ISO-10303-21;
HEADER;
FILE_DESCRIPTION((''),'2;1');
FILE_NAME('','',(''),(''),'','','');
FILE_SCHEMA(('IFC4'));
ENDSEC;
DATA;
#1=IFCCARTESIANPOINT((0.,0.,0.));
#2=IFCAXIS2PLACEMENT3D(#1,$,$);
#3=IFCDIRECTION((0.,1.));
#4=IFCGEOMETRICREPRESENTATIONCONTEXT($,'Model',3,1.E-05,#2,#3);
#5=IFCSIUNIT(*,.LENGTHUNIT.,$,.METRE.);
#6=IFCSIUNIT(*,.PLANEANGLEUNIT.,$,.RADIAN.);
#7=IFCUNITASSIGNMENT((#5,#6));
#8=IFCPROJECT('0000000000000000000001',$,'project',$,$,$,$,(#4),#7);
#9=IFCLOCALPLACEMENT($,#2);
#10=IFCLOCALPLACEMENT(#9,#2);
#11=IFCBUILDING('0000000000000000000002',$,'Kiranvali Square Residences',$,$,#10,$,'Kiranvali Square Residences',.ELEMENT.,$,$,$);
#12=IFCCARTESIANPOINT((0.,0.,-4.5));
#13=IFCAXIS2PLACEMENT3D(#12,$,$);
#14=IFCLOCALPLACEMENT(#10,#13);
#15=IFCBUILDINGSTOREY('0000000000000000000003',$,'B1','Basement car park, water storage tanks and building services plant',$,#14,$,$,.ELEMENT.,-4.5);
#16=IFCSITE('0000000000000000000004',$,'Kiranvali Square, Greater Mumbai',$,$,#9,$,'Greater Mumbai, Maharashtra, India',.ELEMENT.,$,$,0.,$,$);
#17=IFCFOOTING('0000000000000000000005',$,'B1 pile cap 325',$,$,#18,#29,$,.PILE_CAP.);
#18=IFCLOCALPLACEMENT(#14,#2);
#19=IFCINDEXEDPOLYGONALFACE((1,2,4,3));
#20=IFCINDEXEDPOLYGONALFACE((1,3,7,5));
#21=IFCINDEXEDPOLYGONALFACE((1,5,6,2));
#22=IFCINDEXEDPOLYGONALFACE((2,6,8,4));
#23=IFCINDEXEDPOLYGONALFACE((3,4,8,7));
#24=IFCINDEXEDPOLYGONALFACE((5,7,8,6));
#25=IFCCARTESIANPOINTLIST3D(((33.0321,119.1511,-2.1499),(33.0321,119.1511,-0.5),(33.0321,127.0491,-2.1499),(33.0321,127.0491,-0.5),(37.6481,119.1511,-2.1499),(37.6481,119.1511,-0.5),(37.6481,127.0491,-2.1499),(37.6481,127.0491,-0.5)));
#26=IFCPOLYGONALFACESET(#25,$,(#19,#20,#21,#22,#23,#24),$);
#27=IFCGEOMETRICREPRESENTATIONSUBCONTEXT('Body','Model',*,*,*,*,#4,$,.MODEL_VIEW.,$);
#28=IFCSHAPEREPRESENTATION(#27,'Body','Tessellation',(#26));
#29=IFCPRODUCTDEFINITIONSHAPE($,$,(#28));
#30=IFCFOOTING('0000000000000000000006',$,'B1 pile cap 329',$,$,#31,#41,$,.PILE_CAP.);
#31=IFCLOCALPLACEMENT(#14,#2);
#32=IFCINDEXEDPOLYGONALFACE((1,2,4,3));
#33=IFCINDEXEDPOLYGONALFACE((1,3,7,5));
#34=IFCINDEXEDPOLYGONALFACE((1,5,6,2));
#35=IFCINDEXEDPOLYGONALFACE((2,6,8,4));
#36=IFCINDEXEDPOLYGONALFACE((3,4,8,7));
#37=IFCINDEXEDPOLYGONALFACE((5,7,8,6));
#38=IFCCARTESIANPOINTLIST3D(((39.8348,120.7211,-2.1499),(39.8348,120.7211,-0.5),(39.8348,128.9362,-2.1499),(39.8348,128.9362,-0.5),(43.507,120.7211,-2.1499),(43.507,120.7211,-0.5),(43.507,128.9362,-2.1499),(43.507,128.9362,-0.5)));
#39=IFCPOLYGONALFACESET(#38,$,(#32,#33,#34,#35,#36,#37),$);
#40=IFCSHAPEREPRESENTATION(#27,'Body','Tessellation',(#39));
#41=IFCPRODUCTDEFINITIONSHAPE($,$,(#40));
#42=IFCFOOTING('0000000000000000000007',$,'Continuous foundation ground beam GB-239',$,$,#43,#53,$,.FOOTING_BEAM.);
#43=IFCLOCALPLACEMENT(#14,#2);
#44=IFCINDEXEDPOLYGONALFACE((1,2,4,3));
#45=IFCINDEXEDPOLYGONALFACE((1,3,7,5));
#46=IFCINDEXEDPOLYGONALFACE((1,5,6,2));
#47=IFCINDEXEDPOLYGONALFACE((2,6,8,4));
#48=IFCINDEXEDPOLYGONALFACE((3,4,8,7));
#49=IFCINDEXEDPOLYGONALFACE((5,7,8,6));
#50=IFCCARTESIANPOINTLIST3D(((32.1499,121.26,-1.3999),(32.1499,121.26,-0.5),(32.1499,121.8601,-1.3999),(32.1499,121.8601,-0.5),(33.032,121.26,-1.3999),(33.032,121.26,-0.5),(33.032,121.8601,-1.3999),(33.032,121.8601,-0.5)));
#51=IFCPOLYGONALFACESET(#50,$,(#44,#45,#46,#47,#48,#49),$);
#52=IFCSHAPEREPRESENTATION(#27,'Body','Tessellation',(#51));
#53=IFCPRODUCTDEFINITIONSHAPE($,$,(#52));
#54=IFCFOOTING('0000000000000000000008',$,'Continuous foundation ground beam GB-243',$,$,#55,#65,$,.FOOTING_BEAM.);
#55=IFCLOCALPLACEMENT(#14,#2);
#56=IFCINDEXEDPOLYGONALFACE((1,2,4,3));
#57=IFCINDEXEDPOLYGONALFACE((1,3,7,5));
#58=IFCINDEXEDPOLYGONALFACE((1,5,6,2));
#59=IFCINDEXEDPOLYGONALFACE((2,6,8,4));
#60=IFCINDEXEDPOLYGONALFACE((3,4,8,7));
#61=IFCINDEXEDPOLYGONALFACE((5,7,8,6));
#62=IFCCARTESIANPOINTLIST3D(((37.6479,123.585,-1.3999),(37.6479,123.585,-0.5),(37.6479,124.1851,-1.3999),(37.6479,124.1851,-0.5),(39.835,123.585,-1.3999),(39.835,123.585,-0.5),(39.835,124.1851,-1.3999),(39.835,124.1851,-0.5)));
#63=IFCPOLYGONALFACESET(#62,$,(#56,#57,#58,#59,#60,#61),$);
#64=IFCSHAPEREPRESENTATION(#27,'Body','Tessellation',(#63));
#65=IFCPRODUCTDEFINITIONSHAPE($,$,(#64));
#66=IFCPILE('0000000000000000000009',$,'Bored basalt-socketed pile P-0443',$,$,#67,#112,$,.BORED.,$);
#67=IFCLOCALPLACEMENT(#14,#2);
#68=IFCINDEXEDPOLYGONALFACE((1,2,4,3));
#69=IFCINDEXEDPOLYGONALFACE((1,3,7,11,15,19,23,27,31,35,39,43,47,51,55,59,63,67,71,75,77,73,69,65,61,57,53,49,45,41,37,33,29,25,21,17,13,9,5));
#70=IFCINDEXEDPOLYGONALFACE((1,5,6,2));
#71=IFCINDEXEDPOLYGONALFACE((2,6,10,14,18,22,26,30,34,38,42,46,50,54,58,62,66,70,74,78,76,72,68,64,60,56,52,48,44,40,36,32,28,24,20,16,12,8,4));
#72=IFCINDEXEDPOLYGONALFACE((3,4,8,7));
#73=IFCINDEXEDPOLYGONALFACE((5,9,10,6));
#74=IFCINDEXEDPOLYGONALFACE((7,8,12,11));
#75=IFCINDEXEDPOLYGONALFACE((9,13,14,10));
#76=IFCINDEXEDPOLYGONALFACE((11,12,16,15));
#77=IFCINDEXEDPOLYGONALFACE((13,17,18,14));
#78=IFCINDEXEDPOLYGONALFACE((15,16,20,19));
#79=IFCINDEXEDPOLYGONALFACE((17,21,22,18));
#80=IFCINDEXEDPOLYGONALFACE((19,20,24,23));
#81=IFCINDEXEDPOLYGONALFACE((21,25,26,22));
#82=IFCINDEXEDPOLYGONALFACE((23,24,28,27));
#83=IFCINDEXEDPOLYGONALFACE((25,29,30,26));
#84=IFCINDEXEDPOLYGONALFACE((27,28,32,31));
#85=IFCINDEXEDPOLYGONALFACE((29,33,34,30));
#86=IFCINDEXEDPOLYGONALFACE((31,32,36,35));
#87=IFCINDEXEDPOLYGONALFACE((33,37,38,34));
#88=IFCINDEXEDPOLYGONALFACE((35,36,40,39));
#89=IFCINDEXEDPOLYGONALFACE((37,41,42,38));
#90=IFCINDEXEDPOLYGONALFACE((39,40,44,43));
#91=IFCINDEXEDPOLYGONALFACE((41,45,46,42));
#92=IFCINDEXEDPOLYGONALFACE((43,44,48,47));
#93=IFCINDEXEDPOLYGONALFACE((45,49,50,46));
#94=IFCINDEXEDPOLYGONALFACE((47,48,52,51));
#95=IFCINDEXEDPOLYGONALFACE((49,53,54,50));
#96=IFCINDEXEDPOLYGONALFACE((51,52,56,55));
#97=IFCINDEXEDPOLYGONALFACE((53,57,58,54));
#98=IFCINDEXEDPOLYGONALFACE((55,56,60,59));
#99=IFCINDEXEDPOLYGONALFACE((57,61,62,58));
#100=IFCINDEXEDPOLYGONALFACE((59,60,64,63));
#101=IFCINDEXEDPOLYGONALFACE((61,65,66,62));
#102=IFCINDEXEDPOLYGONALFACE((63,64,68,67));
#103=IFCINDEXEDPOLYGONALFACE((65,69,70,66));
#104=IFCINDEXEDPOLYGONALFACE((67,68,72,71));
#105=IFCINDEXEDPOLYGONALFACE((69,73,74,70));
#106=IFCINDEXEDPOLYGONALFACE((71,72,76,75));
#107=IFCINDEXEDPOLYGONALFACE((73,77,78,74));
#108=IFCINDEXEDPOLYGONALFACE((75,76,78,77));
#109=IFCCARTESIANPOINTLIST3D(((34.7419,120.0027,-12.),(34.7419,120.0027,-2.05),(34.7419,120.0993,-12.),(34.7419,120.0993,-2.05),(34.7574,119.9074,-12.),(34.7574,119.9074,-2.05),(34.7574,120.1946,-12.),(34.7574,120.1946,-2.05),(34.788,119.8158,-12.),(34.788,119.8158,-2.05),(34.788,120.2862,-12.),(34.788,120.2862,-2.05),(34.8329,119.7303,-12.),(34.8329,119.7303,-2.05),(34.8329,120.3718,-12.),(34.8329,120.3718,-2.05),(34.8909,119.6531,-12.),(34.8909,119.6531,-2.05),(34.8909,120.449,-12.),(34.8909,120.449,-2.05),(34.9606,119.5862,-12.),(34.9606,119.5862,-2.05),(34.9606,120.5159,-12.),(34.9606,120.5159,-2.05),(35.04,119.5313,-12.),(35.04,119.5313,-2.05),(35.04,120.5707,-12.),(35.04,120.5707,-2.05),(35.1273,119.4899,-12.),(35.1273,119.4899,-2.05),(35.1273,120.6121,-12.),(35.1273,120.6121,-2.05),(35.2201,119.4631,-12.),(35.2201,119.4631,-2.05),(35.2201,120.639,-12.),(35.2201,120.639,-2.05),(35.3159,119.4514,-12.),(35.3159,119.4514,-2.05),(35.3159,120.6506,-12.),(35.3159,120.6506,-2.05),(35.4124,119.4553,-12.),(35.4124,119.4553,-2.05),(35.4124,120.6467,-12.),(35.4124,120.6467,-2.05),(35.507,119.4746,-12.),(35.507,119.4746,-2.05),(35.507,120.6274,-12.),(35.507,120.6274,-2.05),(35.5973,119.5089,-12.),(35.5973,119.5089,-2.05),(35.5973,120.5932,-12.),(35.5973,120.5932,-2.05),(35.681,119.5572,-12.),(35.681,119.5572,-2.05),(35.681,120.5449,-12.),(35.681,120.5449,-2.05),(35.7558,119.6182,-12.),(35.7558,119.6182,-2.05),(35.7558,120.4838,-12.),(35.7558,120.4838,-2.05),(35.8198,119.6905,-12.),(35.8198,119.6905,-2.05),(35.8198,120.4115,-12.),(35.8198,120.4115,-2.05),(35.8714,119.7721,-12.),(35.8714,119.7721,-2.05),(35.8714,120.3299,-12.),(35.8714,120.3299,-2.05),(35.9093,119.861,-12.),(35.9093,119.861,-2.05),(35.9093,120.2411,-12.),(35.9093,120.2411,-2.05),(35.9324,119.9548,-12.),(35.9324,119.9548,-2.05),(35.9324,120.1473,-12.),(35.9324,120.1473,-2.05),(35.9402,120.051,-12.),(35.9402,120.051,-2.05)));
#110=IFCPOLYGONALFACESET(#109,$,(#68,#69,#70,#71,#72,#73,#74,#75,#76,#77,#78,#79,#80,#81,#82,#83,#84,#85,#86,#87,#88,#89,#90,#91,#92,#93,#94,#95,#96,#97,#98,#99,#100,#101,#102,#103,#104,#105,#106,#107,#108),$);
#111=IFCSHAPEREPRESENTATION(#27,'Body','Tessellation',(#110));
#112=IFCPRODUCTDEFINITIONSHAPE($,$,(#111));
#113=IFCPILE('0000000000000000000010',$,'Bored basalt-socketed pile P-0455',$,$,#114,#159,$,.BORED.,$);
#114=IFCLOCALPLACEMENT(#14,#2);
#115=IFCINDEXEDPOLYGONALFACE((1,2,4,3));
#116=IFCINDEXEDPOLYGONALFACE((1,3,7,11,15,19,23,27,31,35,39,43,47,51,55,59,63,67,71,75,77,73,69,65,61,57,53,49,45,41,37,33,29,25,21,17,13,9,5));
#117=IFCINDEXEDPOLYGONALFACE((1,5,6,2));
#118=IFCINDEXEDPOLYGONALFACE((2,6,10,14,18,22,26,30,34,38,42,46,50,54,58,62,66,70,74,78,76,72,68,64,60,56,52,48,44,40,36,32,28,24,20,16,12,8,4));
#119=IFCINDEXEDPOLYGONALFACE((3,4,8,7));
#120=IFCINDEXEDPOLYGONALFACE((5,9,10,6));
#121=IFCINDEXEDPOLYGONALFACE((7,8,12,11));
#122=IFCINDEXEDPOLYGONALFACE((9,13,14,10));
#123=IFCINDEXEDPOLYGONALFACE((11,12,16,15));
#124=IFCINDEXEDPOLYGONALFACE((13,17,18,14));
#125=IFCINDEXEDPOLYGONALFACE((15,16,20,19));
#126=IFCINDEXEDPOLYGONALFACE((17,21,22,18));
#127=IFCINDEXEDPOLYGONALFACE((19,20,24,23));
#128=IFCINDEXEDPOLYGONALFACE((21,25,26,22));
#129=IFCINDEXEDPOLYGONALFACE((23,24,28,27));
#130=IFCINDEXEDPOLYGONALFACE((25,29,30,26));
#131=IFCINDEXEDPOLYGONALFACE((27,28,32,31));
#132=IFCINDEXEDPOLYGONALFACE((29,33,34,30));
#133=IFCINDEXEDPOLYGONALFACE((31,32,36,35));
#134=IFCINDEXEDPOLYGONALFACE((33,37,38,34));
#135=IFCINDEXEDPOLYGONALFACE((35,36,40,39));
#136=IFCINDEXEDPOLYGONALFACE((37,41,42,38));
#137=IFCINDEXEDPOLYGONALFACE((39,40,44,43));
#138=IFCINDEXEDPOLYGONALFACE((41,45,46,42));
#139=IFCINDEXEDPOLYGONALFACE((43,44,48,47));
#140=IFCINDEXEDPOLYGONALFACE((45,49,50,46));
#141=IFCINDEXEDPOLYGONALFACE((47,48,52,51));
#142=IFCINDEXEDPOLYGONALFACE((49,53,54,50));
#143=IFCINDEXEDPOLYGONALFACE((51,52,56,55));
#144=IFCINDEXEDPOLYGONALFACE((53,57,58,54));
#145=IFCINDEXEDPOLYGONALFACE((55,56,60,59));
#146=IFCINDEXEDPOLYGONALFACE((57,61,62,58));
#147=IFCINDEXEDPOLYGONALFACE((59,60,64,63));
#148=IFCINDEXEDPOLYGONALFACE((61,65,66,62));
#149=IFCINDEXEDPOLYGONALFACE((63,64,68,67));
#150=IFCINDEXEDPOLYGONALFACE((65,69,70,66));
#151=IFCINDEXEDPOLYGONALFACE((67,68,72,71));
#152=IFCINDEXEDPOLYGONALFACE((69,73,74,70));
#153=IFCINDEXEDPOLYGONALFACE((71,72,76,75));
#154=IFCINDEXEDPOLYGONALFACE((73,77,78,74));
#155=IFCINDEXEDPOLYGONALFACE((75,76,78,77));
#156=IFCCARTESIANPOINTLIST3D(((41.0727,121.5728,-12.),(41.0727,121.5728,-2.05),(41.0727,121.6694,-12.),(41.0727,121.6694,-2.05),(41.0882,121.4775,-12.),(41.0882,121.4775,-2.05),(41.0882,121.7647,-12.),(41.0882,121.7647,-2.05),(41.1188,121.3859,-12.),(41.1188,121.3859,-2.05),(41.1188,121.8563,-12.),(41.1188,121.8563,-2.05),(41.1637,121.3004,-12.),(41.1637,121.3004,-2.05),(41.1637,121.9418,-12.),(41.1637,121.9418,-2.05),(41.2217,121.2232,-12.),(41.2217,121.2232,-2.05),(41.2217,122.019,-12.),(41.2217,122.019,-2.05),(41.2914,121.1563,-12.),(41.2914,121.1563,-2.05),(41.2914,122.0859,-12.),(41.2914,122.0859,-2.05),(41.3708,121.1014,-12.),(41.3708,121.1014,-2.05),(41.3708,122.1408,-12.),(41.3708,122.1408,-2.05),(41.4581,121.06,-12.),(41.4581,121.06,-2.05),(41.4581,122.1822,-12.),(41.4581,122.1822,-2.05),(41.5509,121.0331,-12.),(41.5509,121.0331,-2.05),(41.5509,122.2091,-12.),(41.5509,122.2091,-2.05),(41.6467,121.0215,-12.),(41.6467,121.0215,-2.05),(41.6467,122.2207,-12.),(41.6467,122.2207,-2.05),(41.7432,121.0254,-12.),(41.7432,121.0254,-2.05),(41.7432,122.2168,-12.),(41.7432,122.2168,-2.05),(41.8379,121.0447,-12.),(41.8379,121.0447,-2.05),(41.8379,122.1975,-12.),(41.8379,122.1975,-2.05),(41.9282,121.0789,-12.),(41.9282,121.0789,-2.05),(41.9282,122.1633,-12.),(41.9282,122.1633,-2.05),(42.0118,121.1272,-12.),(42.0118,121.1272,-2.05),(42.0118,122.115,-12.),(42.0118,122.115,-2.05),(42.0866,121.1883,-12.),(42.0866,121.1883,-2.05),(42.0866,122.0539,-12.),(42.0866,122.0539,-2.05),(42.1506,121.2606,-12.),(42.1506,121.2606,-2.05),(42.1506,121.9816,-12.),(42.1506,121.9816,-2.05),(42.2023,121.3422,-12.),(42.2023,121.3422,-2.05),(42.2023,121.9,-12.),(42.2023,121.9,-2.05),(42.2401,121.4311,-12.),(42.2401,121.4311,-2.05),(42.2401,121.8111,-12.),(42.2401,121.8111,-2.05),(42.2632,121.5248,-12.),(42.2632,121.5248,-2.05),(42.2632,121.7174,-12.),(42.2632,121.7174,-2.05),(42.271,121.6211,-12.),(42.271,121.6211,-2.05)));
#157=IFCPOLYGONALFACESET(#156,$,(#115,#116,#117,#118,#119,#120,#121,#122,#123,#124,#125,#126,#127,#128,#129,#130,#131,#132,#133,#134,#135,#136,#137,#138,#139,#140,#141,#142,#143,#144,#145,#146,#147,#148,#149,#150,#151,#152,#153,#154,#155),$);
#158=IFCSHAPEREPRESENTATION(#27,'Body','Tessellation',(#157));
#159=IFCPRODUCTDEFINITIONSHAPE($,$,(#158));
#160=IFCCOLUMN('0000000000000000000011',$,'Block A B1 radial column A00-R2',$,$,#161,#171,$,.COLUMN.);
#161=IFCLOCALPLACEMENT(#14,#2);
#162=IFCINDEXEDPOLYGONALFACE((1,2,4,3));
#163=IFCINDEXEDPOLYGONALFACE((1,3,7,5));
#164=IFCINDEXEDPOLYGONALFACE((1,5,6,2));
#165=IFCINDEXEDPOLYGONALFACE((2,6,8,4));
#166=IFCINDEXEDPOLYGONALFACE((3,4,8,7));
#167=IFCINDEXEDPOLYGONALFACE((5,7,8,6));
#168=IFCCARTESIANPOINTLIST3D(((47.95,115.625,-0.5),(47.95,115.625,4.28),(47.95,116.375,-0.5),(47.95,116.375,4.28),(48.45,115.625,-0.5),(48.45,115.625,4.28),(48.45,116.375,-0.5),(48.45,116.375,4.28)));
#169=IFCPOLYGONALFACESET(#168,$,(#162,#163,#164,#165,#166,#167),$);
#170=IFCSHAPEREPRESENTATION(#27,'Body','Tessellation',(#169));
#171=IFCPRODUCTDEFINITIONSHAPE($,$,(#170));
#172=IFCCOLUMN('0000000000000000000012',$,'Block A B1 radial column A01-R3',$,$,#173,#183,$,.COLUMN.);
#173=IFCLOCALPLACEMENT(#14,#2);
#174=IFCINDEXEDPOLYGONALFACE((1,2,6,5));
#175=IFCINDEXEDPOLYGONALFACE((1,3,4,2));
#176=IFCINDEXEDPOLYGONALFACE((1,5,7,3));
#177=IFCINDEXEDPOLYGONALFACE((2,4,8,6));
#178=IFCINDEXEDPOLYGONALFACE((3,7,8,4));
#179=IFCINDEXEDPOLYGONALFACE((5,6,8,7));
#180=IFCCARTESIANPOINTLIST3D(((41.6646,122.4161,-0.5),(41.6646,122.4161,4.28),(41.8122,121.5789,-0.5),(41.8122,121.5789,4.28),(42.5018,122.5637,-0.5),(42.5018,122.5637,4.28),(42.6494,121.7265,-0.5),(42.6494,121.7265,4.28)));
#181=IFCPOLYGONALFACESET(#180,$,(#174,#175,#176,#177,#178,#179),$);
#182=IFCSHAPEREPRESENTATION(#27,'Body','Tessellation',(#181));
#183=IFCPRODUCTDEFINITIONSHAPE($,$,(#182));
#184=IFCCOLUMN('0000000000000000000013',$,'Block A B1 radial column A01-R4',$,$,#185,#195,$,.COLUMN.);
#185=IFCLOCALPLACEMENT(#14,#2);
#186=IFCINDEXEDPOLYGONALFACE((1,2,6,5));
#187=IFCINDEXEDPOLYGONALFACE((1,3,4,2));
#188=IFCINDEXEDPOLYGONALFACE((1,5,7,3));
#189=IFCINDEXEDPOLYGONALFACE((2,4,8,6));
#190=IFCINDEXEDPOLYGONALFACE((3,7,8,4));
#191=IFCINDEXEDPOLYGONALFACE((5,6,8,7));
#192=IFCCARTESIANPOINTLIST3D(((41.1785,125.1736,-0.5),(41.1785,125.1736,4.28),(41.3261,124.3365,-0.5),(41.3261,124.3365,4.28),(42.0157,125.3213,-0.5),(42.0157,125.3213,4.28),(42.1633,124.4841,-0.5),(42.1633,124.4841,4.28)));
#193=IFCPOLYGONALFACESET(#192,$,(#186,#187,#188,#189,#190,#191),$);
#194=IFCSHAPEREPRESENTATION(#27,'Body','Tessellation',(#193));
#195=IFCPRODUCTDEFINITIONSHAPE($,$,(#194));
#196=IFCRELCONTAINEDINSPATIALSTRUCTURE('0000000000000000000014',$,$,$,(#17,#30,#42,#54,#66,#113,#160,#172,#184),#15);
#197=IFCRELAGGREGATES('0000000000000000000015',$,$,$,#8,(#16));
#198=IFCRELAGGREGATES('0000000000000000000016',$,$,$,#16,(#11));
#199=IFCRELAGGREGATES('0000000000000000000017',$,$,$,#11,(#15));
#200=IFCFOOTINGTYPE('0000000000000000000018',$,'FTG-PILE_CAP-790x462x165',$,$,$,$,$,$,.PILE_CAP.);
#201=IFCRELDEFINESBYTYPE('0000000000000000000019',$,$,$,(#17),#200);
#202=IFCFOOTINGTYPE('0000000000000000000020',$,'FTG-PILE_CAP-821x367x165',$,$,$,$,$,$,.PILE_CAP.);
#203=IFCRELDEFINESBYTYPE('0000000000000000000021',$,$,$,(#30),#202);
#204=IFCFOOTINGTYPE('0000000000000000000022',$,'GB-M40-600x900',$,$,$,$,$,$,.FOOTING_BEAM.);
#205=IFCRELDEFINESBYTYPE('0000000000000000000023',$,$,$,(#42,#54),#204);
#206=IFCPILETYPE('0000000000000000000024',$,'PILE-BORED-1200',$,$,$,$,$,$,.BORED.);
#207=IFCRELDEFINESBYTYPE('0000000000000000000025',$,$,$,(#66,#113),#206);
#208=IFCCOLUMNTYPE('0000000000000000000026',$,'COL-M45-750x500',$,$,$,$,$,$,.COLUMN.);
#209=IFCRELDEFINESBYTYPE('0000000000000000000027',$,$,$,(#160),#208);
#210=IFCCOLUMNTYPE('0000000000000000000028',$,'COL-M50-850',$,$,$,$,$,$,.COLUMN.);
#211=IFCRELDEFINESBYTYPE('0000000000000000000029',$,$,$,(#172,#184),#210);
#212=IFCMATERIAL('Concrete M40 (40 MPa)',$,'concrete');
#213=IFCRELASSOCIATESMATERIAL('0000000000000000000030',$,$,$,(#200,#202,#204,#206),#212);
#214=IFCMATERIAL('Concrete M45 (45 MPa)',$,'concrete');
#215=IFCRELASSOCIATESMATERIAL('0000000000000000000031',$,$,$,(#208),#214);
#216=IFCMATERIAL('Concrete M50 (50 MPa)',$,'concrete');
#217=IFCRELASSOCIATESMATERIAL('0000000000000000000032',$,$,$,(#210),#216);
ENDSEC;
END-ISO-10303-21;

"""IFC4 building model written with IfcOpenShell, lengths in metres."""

from ifc_helpers import new_model, si_unit, direction, frame, origin, origin_2d, place, context, subcontext, project, spatial, rectangle, circle, extrude, material, material_profile, profile_set, type_object, element, save


model = new_model("IFC4")

# Units and contexts
model_context = context("Model", 3, precision=1e-05, world=origin(), true_north=direction((0.0, 1.0)))
body_context = subcontext(model_context, "Body", "Model", "MODEL_VIEW")
ifc_project = project(units=[si_unit("LENGTHUNIT", "METRE"), si_unit("PLANEANGLEUNIT", "RADIAN")], contexts=[model_context])

# Site, building, storey
site_placement = place(None, origin())
site = spatial("IfcSite", under=ifc_project, at=site_placement, Name="Kiranvali Square, Greater Mumbai", LongName="Greater Mumbai, Maharashtra, India", CompositionType="ELEMENT", RefElevation=0.0)
building_placement = place(site_placement, origin())
building = spatial("IfcBuilding", under=site, at=building_placement, Name="Kiranvali Square Residences", LongName="Kiranvali Square Residences", CompositionType="ELEMENT")
storey_placement = place(building_placement, frame((0.0, 0.0, -4.5)))
storey = spatial("IfcBuildingStorey", under=building, at=storey_placement, Name="B1", Description="Basement car park, water storage tanks and building services plant", CompositionType="ELEMENT", Elevation=-4.5)

# Footings
ifc_material_1 = material(Name="Concrete M40 (40 MPa)", Category="concrete")
footing_type_1 = type_object("IfcFootingType", Name="FTG-PILE_CAP-790x462x165", PredefinedType="PILE_CAP", material=ifc_material_1)
footing_1_placement = place(storey_placement, frame((35.3401, 123.1001, -2.1499), z_axis=(0.0, 0.0, 1.0), x_axis=(0.0, 1.0, 0.0)))
element("IfcFooting", 1, at=footing_1_placement, inside=storey, type_object=footing_type_1, Name="B1 pile cap 325", PredefinedType="PILE_CAP", context=body_context, shape_type="SweptSolid", body=[
    extrude(rectangle(XDim=7.8979, YDim=4.616, at=origin_2d()), origin(), (0.0, 0.0, 1.0), 1.6499),
])
footing_type_2 = type_object("IfcFootingType", Name="FTG-PILE_CAP-821x367x165", PredefinedType="PILE_CAP", material=ifc_material_1)
footing_2_placement = place(storey_placement, frame((41.6709, 124.8286, -2.1499), z_axis=(0.0, 0.0, 1.0), x_axis=(0.0, 1.0, 0.0)))
element("IfcFooting", 2, at=footing_2_placement, inside=storey, type_object=footing_type_2, Name="B1 pile cap 329", PredefinedType="PILE_CAP", context=body_context, shape_type="SweptSolid", body=[
    extrude(rectangle(XDim=8.2151, YDim=3.6721, at=origin_2d()), origin(), (0.0, 0.0, 1.0), 1.6499),
])
ifc_material_profile_1 = material_profile(ifc_material_1, rectangle(XDim=0.6001, YDim=0.8999, at=origin_2d()), Name="GB 600x900")
ifc_profile_set_1 = profile_set([ifc_material_profile_1], Name="Concrete M40 (40 MPa)")
footing_type_3 = type_object("IfcFootingType", Name="GB-M40-600x900", PredefinedType="FOOTING_BEAM", material=ifc_profile_set_1)
footing_3_placement = place(storey_placement, frame((32.1499, 121.5601, -0.95), z_axis=(1.0, 0.0, 0.0), x_axis=(0.0, 1.0, 0.0)))
element("IfcFooting", 3, at=footing_3_placement, inside=storey, type_object=footing_type_3, Name="Continuous foundation ground beam GB-239", PredefinedType="FOOTING_BEAM", context=body_context, shape_type="SweptSolid", body=[
    extrude(rectangle(XDim=0.6001, YDim=0.8999, at=origin_2d()), origin(), (0.0, 0.0, 1.0), 0.8821),
])
footing_4_placement = place(storey_placement, frame((37.6479, 123.885, -0.95), z_axis=(1.0, 0.0, 0.0), x_axis=(0.0, 1.0, 0.0)))
element("IfcFooting", 4, at=footing_4_placement, inside=storey, type_object=footing_type_3, Name="Continuous foundation ground beam GB-243", PredefinedType="FOOTING_BEAM", context=body_context, shape_type="SweptSolid", body=[
    extrude(rectangle(XDim=0.6001, YDim=0.8999, at=origin_2d()), origin(), (0.0, 0.0, 1.0), 2.187),
])

# Piles
ifc_material_profile_2 = material_profile(ifc_material_1, circle(Radius=0.6001, at=origin_2d()), Name="BORED PILE 1200")
ifc_profile_set_2 = profile_set([ifc_material_profile_2], Name="Concrete M40 (40 MPa)")
pile_type = type_object("IfcPileType", Name="PILE-BORED-1200", PredefinedType="BORED", material=ifc_profile_set_2)
for number, where, z_axis, x_axis, name in (
    (5, (35.3401, 120.051, -2.05), (0.0, 0.0, -1.0), (1.0, 0.0, 0.0), "Bored basalt-socketed pile P-0443"),
    (6, (41.6709, 121.6211, -2.05), (0.0, 0.0, -1.0), (1.0, 0.0, 0.0), "Bored basalt-socketed pile P-0455"),
):
    element("IfcPile", number, at=place(storey_placement, frame(where, z_axis=z_axis, x_axis=x_axis)), inside=storey, type_object=pile_type, Name=name, PredefinedType="BORED", context=body_context, shape_type="SweptSolid", body=[
        extrude(circle(Radius=0.6001, at=origin_2d()), origin(), (0.0, 0.0, 1.0), 9.95),
    ])

# Columns
ifc_material_2 = material(Name="Concrete M45 (45 MPa)", Category="concrete")
ifc_material_profile_3 = material_profile(ifc_material_2, rectangle(XDim=0.5, YDim=0.75, at=origin_2d()), Name="RC 750x500")
ifc_profile_set_3 = profile_set([ifc_material_profile_3], Name="Concrete M45 (45 MPa)")
column_type_1 = type_object("IfcColumnType", Name="COL-M45-750x500", PredefinedType="COLUMN", material=ifc_profile_set_3)
column_placement = place(storey_placement, frame((48.2, 116.0, -0.5), z_axis=(0.0, 0.0, 1.0), x_axis=(1.0, 0.0, 0.0)))
element("IfcColumn", 7, at=column_placement, inside=storey, type_object=column_type_1, Name="Block A B1 radial column A00-R2", PredefinedType="COLUMN", context=body_context, shape_type="SweptSolid", body=[
    extrude(rectangle(XDim=0.5, YDim=0.75, at=origin_2d()), origin(), (0.0, 0.0, 1.0), 4.78),
])
ifc_material_3 = material(Name="Concrete M50 (50 MPa)", Category="concrete")
ifc_material_profile_4 = material_profile(ifc_material_3, rectangle(XDim=0.8501, YDim=0.8501, at=origin_2d()), Name="RC 850x850")
ifc_profile_set_4 = profile_set([ifc_material_profile_4], Name="Concrete M50 (50 MPa)")
column_type_2 = type_object("IfcColumnType", Name="COL-M50-850", PredefinedType="COLUMN", material=ifc_profile_set_4)
for number, where, z_axis, x_axis, name in (
    (8, (42.157, 122.0713, -0.5), (0.0, 0.0, 1.0), (0.984808, 0.173648, 0.0), "Block A B1 radial column A01-R3"),
    (9, (41.6709, 124.8289, -0.5), (0.0, 0.0, 1.0), (0.984808, 0.173648, 0.0), "Block A B1 radial column A01-R4"),
):
    element("IfcColumn", number, at=place(storey_placement, frame(where, z_axis=z_axis, x_axis=x_axis)), inside=storey, type_object=column_type_2, Name=name, PredefinedType="COLUMN", context=body_context, shape_type="SweptSolid", body=[
        extrude(rectangle(XDim=0.8501, YDim=0.8501, at=origin_2d()), origin(), (0.0, 0.0, 1.0), 4.78),
    ])

save(model, "model.ifc")
